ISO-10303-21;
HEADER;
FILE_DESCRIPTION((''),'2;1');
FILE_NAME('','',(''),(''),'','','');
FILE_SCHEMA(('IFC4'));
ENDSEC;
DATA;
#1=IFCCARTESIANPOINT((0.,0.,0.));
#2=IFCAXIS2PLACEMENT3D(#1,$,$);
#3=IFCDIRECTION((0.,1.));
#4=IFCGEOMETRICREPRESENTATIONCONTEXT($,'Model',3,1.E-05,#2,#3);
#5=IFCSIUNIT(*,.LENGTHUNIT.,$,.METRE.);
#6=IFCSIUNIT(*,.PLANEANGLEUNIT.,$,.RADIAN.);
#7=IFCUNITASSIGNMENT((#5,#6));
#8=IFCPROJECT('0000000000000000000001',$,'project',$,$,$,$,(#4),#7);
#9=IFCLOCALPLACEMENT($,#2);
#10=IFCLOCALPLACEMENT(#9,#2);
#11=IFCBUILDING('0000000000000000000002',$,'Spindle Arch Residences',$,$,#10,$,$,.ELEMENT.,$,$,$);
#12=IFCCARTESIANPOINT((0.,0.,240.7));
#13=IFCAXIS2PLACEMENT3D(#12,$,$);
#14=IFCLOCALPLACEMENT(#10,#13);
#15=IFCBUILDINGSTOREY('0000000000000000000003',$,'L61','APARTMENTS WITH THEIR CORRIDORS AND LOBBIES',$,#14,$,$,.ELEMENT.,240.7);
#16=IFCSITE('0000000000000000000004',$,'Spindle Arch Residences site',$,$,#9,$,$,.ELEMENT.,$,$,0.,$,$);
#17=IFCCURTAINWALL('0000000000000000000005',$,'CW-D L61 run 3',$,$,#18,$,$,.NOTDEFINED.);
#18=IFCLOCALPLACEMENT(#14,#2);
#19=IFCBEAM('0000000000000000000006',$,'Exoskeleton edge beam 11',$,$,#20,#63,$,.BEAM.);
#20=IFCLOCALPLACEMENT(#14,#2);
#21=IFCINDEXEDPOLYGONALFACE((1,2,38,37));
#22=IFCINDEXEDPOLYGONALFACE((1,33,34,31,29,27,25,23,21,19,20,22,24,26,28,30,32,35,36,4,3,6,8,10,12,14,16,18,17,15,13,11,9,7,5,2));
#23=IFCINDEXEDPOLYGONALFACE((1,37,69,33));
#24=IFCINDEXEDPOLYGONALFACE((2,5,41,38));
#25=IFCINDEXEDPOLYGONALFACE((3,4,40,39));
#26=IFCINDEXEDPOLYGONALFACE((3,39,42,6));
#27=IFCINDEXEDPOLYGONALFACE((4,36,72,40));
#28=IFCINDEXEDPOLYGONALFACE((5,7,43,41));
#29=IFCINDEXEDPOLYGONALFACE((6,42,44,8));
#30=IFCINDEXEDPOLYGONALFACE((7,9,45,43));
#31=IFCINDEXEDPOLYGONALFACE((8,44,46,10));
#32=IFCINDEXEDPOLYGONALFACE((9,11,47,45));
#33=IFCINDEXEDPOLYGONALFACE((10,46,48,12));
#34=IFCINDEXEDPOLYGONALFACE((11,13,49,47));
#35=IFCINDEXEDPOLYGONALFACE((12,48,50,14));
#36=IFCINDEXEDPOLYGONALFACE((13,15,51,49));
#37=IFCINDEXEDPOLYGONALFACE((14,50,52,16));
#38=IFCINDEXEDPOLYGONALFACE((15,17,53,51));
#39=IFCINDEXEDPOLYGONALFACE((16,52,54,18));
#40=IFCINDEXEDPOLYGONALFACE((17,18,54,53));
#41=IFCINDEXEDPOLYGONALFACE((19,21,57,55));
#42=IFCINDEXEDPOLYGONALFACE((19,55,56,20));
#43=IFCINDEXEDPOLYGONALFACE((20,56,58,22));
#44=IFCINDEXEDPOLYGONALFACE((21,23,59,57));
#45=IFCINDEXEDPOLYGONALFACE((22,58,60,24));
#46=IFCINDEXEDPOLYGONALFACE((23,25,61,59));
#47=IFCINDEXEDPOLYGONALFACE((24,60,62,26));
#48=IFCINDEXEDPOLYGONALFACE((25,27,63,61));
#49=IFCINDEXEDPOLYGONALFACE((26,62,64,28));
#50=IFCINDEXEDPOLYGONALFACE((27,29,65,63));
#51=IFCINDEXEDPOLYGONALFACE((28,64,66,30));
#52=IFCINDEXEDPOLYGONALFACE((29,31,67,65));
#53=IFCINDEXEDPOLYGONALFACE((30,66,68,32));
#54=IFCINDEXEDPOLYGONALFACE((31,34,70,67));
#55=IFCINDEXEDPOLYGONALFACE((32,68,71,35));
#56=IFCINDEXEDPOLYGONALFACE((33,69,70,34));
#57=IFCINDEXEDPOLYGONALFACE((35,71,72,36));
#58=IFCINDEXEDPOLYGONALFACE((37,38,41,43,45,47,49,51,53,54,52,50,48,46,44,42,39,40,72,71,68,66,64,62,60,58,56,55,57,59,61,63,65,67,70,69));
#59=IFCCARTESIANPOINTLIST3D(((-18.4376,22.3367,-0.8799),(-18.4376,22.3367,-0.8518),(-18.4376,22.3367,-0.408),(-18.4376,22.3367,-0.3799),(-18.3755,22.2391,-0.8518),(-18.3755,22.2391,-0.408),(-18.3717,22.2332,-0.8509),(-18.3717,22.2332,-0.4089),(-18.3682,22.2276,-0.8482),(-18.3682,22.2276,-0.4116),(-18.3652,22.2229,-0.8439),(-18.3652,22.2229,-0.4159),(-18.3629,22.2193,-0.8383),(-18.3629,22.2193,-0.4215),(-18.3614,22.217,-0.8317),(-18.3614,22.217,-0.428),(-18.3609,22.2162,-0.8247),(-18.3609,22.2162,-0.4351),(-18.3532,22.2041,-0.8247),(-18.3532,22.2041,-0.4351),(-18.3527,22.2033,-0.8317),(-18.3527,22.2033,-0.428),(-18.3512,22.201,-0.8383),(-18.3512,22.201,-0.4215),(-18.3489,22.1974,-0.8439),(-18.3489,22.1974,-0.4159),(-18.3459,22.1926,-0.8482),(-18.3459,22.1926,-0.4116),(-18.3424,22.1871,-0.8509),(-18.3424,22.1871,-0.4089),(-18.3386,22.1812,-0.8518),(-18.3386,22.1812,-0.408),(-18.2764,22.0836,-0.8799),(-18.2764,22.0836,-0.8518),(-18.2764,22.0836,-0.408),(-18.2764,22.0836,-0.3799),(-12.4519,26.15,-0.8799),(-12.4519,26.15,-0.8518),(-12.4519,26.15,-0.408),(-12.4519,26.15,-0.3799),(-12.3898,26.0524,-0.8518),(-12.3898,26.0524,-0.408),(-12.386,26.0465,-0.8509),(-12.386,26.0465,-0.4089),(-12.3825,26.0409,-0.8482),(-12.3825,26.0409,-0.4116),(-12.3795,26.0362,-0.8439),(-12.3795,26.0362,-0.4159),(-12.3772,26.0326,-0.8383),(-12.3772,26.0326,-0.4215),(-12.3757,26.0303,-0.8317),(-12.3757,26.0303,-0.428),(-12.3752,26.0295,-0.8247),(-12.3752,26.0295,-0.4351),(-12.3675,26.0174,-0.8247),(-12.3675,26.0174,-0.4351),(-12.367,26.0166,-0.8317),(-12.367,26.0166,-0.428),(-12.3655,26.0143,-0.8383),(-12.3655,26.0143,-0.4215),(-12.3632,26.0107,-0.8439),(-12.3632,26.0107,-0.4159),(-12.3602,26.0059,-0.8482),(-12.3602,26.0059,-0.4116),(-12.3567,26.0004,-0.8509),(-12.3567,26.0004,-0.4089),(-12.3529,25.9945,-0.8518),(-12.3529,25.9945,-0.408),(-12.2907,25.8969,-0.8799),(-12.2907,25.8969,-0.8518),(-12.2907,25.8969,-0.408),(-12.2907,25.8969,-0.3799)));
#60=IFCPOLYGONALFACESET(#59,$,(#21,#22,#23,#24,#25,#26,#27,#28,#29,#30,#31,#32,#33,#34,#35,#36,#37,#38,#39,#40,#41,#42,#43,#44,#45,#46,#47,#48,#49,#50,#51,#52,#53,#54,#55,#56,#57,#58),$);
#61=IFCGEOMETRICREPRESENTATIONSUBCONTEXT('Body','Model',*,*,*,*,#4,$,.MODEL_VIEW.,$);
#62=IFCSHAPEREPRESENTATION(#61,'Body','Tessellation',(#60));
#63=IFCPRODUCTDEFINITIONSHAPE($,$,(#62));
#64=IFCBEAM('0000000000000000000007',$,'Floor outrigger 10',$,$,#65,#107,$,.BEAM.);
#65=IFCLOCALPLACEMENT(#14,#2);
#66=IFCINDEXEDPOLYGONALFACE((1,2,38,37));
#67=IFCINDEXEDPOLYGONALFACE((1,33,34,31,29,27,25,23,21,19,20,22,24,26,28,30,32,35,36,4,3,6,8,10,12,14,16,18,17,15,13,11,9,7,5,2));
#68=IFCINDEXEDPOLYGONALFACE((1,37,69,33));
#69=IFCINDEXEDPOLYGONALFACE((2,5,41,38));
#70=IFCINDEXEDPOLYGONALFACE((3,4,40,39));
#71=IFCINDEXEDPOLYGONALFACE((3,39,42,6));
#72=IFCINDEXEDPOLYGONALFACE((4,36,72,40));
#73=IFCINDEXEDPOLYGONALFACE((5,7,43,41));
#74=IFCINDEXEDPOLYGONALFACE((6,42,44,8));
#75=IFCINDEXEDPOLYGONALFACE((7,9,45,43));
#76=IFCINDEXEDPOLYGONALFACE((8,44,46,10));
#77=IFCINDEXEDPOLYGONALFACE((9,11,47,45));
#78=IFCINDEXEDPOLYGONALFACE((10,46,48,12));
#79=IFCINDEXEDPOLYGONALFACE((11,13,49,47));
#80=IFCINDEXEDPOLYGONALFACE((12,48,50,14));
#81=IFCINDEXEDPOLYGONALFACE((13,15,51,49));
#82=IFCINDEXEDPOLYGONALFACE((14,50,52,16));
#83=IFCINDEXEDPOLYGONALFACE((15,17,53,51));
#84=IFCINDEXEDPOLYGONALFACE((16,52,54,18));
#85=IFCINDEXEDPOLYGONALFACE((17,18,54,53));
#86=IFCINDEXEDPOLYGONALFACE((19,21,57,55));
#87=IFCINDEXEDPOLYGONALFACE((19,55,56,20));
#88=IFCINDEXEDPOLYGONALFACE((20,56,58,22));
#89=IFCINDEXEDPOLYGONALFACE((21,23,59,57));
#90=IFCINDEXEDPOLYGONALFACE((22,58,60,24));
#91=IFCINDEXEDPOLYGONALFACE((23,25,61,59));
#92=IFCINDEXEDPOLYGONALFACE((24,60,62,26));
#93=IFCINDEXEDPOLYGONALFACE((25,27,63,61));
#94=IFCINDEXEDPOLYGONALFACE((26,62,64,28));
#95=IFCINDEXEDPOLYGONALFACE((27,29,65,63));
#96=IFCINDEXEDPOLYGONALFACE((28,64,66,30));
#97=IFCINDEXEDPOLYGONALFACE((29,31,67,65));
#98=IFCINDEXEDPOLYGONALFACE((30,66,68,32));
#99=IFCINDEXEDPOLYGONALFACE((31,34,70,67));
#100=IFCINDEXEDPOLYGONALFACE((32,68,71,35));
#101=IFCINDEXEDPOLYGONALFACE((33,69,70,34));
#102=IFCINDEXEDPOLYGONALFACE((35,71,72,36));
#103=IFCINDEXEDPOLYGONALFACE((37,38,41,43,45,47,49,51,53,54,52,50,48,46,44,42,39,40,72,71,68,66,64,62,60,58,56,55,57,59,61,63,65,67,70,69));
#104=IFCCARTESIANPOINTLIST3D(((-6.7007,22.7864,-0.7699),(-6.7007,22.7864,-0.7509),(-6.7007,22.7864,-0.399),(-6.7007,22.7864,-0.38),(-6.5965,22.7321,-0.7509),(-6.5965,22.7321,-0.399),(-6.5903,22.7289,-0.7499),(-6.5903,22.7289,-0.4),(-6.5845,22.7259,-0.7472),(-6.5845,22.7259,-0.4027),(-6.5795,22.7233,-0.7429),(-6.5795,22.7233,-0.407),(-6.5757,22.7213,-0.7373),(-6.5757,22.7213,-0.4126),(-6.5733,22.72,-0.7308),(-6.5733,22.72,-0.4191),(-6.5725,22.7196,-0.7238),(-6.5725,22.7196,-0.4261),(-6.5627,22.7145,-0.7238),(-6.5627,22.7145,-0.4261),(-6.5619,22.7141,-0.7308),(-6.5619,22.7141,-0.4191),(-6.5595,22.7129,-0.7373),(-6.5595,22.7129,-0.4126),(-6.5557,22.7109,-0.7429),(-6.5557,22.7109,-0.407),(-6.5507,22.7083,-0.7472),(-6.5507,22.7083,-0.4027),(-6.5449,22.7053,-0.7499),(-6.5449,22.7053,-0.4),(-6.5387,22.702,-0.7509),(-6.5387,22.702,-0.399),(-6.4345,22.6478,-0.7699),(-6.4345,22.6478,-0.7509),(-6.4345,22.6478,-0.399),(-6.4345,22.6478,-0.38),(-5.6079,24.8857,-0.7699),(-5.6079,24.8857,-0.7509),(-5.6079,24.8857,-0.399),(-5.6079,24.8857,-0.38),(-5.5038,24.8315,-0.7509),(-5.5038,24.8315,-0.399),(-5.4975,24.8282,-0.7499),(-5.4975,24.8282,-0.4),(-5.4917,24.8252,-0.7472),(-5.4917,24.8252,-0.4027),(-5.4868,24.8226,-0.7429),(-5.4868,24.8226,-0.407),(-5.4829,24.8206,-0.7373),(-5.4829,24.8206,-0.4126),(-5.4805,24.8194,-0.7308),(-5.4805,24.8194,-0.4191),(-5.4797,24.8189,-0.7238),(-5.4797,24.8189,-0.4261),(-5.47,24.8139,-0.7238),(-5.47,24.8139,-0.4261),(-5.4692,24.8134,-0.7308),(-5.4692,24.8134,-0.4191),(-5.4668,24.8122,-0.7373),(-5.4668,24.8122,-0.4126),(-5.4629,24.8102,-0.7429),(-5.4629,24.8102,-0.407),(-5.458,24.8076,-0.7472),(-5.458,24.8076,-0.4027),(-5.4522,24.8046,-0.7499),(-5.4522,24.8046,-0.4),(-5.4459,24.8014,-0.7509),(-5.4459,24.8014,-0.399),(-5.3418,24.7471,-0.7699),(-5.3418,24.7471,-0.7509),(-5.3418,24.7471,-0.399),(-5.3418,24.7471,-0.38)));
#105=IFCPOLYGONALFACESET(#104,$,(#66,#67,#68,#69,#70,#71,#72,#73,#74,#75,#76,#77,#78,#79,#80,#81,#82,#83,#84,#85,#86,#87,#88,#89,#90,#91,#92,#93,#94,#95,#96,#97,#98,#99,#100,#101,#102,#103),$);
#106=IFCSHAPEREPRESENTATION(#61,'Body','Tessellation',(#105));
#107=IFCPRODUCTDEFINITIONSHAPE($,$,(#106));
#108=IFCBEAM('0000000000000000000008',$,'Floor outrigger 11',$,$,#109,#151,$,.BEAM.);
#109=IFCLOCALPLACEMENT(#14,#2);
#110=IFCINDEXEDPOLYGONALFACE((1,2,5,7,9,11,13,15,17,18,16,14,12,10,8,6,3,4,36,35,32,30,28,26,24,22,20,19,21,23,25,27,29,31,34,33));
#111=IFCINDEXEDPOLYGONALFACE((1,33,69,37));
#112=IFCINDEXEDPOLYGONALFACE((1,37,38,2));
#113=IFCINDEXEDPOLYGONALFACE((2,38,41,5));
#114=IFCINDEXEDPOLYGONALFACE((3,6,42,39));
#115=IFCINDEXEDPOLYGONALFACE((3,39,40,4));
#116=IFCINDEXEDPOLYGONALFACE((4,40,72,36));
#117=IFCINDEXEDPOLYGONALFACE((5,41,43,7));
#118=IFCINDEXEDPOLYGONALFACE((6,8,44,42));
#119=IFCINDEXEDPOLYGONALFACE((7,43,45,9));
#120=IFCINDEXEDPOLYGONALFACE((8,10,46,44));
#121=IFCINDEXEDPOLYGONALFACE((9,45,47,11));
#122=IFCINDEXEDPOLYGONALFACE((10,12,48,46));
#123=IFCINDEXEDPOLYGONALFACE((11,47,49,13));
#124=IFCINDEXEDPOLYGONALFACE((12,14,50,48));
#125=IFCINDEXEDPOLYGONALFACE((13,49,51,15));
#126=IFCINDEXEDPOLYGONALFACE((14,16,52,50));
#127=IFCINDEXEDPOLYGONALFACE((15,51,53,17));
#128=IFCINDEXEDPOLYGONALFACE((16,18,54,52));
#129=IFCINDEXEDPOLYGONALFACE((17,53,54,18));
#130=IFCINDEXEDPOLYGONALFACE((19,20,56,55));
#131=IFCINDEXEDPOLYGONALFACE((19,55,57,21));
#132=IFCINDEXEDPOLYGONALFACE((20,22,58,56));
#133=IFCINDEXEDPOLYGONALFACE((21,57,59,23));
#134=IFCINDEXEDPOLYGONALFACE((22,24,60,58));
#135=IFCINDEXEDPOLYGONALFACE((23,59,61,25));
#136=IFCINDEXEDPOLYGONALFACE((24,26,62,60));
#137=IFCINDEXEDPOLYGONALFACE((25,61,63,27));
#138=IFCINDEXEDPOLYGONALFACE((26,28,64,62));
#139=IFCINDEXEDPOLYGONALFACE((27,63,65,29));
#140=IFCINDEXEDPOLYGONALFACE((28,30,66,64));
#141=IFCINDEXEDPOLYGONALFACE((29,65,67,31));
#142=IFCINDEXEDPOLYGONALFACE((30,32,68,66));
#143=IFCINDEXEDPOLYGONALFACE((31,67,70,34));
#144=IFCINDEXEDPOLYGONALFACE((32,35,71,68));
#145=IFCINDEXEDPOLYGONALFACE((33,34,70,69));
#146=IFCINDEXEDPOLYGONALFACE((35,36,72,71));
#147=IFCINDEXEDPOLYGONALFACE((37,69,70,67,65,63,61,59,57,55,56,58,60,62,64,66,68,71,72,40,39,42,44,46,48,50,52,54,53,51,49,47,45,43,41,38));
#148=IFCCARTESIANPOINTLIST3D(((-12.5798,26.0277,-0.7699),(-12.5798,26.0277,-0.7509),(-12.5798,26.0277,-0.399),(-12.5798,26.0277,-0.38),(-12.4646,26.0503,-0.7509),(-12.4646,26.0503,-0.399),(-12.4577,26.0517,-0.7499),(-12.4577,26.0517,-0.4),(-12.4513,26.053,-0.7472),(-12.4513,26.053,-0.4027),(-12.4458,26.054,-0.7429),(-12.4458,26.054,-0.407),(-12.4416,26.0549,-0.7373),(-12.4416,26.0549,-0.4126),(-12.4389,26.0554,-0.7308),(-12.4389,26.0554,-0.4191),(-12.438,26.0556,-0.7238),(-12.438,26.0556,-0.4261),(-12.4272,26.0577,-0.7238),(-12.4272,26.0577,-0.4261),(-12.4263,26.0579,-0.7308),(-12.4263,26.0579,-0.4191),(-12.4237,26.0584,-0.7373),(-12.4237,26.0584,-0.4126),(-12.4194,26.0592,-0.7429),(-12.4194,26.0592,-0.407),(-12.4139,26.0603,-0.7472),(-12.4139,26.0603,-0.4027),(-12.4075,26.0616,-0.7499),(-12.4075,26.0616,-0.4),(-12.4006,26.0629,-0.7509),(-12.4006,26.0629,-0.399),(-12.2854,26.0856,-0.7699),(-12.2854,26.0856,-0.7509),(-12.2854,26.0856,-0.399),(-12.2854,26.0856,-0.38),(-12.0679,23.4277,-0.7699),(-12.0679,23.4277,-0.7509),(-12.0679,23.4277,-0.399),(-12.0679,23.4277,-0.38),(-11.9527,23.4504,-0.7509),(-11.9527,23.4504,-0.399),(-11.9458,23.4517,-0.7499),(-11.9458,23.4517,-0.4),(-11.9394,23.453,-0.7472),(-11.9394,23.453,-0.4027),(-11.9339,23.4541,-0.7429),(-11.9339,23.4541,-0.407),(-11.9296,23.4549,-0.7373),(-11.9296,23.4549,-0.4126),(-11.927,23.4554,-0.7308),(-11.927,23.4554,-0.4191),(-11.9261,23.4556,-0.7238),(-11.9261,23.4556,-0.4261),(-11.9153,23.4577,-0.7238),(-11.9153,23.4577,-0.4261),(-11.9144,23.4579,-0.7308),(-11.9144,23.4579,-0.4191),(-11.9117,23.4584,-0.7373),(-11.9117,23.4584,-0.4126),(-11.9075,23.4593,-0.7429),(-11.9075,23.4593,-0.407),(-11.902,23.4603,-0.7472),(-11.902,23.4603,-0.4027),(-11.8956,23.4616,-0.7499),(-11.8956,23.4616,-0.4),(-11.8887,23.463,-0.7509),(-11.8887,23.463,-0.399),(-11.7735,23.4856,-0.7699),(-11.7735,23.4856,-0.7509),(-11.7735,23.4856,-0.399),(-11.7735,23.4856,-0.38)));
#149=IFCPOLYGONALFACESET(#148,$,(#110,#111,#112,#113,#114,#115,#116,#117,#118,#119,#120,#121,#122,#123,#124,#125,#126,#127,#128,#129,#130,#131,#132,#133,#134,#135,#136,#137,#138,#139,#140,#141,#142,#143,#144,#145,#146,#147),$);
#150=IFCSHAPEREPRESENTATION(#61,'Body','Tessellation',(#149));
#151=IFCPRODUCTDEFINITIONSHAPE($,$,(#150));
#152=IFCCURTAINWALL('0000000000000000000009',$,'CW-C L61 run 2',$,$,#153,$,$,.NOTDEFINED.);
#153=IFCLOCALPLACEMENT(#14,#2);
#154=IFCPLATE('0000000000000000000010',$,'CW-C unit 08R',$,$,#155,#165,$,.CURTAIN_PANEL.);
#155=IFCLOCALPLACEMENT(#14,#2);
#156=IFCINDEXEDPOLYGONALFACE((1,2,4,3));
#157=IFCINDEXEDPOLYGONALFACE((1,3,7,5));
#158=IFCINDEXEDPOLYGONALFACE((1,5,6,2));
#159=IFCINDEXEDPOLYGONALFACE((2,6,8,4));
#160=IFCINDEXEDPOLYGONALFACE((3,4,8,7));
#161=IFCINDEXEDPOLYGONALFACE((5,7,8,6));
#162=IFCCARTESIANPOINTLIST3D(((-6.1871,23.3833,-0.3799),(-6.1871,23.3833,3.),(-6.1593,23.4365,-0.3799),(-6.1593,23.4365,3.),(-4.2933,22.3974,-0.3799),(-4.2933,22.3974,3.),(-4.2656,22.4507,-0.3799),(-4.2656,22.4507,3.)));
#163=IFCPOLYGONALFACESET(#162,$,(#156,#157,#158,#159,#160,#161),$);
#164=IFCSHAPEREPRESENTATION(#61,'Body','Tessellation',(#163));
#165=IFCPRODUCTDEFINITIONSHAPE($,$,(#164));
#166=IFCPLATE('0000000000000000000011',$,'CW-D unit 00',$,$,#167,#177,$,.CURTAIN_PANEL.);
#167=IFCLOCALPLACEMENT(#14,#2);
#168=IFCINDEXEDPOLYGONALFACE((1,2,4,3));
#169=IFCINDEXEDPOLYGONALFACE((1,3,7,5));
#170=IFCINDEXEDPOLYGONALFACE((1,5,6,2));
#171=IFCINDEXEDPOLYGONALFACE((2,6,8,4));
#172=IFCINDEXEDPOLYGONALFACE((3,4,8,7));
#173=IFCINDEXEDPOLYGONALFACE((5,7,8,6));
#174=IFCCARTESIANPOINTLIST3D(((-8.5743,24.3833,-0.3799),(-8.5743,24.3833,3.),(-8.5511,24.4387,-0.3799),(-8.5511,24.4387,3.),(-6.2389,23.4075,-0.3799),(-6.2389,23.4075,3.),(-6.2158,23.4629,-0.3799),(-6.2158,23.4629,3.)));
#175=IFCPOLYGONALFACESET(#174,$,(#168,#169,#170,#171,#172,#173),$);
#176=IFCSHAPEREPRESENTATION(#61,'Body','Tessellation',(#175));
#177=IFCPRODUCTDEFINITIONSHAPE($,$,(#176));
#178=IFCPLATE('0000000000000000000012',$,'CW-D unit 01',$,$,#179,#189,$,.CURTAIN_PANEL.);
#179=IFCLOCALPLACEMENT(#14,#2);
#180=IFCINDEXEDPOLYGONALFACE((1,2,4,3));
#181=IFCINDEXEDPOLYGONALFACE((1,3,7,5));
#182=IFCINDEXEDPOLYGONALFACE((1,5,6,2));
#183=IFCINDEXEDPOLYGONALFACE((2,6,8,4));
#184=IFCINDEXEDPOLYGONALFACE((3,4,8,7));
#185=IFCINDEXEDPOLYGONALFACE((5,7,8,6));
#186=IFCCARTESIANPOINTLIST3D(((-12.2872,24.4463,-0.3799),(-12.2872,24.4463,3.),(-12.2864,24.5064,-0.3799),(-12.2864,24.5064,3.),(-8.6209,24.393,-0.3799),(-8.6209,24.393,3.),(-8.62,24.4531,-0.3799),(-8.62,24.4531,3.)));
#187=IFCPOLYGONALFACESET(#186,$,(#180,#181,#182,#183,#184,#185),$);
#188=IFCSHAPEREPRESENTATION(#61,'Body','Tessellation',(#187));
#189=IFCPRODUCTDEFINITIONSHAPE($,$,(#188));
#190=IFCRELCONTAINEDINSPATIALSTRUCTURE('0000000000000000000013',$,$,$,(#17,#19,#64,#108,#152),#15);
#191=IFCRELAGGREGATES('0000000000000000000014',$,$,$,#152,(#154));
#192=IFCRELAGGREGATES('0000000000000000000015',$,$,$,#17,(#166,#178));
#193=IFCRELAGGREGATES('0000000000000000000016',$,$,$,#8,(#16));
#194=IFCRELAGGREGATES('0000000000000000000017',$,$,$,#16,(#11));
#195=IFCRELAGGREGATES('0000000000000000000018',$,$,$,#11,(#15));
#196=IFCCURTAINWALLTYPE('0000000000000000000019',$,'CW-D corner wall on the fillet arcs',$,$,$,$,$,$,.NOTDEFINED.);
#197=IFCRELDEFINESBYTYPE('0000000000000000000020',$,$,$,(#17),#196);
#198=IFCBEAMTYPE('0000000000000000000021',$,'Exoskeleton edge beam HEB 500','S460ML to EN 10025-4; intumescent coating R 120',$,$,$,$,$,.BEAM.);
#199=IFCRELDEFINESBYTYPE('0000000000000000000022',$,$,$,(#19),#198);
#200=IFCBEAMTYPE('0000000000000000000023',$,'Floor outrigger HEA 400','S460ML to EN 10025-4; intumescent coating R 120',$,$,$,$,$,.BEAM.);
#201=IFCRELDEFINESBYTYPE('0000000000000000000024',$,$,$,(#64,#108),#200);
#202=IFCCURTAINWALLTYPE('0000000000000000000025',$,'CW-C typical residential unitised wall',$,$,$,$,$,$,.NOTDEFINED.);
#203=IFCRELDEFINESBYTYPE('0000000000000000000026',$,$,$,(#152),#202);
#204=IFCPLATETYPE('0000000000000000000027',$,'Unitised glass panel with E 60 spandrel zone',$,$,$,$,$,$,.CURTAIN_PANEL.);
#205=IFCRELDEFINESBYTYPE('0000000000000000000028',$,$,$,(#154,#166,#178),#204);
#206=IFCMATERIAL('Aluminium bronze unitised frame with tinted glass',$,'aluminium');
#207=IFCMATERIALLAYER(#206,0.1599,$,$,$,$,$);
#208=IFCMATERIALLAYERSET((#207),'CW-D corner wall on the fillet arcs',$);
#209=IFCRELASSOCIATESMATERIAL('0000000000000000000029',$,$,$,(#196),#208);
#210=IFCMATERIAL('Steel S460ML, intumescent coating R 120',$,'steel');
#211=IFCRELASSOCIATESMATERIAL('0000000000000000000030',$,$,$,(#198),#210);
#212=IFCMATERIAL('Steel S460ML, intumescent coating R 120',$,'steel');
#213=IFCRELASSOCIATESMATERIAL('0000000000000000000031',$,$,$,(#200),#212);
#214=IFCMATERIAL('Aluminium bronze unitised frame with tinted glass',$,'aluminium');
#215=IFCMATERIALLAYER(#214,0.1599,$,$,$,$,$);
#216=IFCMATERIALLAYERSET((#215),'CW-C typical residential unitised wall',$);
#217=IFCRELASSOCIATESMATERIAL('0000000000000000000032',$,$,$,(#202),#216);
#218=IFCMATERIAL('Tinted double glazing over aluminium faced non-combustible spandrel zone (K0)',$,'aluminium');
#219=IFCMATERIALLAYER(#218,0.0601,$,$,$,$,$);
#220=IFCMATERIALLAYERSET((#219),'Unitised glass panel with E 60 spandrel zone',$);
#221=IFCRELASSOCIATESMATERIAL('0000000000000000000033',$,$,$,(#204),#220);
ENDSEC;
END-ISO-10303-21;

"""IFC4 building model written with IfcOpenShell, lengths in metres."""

from ifc_helpers import new_model, si_unit, direction, frame, origin, origin_2d, place, context, subcontext, project, spatial, rectangle, i_section, extrude, material, layer, layer_set, material_profile, profile_set, type_object, element, aggregate, save


model = new_model("IFC4")

# Units and contexts
model_context = context("Model", 3, precision=1e-05, world=origin(), true_north=direction((0.0, 1.0)))
body_context = subcontext(model_context, "Body", "Model", "MODEL_VIEW")
ifc_project = project(units=[si_unit("LENGTHUNIT", "METRE"), si_unit("PLANEANGLEUNIT", "RADIAN")], contexts=[model_context])

# Site, building, storey
site_placement = place(None, origin())
site = spatial("IfcSite", under=ifc_project, at=site_placement, Name="Spindle Arch Residences site", CompositionType="ELEMENT", RefElevation=0.0)
building_placement = place(site_placement, origin())
building = spatial("IfcBuilding", under=site, at=building_placement, Name="Spindle Arch Residences", CompositionType="ELEMENT")
storey_placement = place(building_placement, frame((0.0, 0.0, 240.7)))
storey = spatial("IfcBuildingStorey", under=building, at=storey_placement, Name="L61", Description="APARTMENTS WITH THEIR CORRIDORS AND LOBBIES", CompositionType="ELEMENT", Elevation=240.7)

# Curtain wall
ifc_material_1 = material(Name="Aluminium bronze unitised frame with tinted glass", Category="aluminium")
ifc_layer_1 = layer(ifc_material_1, 0.1599)
ifc_layer_set_1 = layer_set([ifc_layer_1], Name="CW-D corner wall on the fillet arcs")
curtain_wall_type_1 = type_object("IfcCurtainWallType", Name="CW-D corner wall on the fillet arcs", PredefinedType="NOTDEFINED", material=ifc_layer_set_1)
curtain_wall_1_placement = place(storey_placement, origin())
curtain_wall_1 = element("IfcCurtainWall", 1, at=curtain_wall_1_placement, inside=storey, type_object=curtain_wall_type_1, Name="CW-D L61 run 3", PredefinedType="NOTDEFINED")

# Beams
ifc_material_2 = material(Name="Steel S460ML, intumescent coating R 120", Category="steel")
ifc_material_profile_1 = material_profile(ifc_material_2, i_section(OverallWidth=0.3, OverallDepth=0.5, WebThickness=0.0144, FlangeThickness=0.0281, FilletRadius=0.0271, at=origin_2d()), Name="HEB 500")
ifc_profile_set_1 = profile_set([ifc_material_profile_1], Name="Steel S460ML, intumescent coating R 120")
beam_type_1 = type_object("IfcBeamType", Name="Exoskeleton edge beam HEB 500", Description="S460ML to EN 10025-4; intumescent coating R 120", PredefinedType="BEAM", material=ifc_profile_set_1)
beam_1_placement = place(storey_placement, frame((-12.3713, 26.0234, -0.6299), z_axis=(-0.843392, -0.537298, 0.0), x_axis=(0.537298, -0.843392, 0.0)))
element("IfcBeam", 2, at=beam_1_placement, inside=storey, type_object=beam_type_1, Name="Exoskeleton edge beam 11", PredefinedType="BEAM", context=body_context, shape_type="SweptSolid", body=[
    extrude(i_section(OverallWidth=0.3, OverallDepth=0.5, WebThickness=0.0144, FlangeThickness=0.0281, FilletRadius=0.0271, at=origin_2d()), origin(), (0.0, 0.0, 1.0), 7.0972),
])
ifc_material_3 = material(Name="Steel S460ML, intumescent coating R 120", Category="steel")
ifc_material_profile_2 = material_profile(ifc_material_3, i_section(OverallWidth=0.3, OverallDepth=0.3899, WebThickness=0.011, FlangeThickness=0.019, FilletRadius=0.0271, at=origin_2d()), Name="HEA 400")
ifc_profile_set_2 = profile_set([ifc_material_profile_2], Name="Steel S460ML, intumescent coating R 120")
beam_type_2 = type_object("IfcBeamType", Name="Floor outrigger HEA 400", Description="S460ML to EN 10025-4; intumescent coating R 120", PredefinedType="BEAM", material=ifc_profile_set_2)
beam_2_placement = place(storey_placement, frame((-5.4749, 24.8164, -0.575), z_axis=(-0.46172, -0.887026, 0.0), x_axis=(0.887026, -0.46172, 0.0)))
element("IfcBeam", 3, at=beam_2_placement, inside=storey, type_object=beam_type_2, Name="Floor outrigger 10", PredefinedType="BEAM", context=body_context, shape_type="SweptSolid", body=[
    extrude(i_section(OverallWidth=0.3, OverallDepth=0.3899, WebThickness=0.011, FlangeThickness=0.019, FilletRadius=0.0271, at=origin_2d()), origin(), (0.0, 0.0, 1.0), 2.3667),
])
beam_3_placement = place(storey_placement, frame((-12.4326, 26.0566, -0.575), z_axis=(0.193192, -0.981161, 0.0), x_axis=(0.981161, 0.193192, 0.0)))
element("IfcBeam", 4, at=beam_3_placement, inside=storey, type_object=beam_type_2, Name="Floor outrigger 11", PredefinedType="BEAM", context=body_context, shape_type="SweptSolid", body=[
    extrude(i_section(OverallWidth=0.3, OverallDepth=0.3899, WebThickness=0.011, FlangeThickness=0.019, FilletRadius=0.0271, at=origin_2d()), origin(), (0.0, 0.0, 1.0), 2.6499),
])

# Curtain wall, plate
ifc_material_4 = material(Name="Aluminium bronze unitised frame with tinted glass", Category="aluminium")
ifc_layer_2 = layer(ifc_material_4, 0.1599)
ifc_layer_set_2 = layer_set([ifc_layer_2], Name="CW-C typical residential unitised wall")
curtain_wall_type_2 = type_object("IfcCurtainWallType", Name="CW-C typical residential unitised wall", PredefinedType="NOTDEFINED", material=ifc_layer_set_2)
curtain_wall_2_placement = place(storey_placement, origin())
curtain_wall_2 = element("IfcCurtainWall", 5, at=curtain_wall_2_placement, inside=storey, type_object=curtain_wall_type_2, Name="CW-C L61 run 2", PredefinedType="NOTDEFINED")
ifc_material_5 = material(Name="Tinted double glazing over aluminium faced non-combustible spandrel zone (K0)", Category="aluminium")
ifc_layer_3 = layer(ifc_material_5, 0.0601)
ifc_layer_set_3 = layer_set([ifc_layer_3], Name="Unitised glass panel with E 60 spandrel zone")
plate_type = type_object("IfcPlateType", Name="Unitised glass panel with E 60 spandrel zone", PredefinedType="CURTAIN_PANEL", material=ifc_layer_set_3)
plate_1_placement = place(storey_placement, frame((-5.2263, 22.917, -0.3799), z_axis=(0.0, 0.0, 1.0), x_axis=(-0.887011, 0.461749, 0.0)))
plate_1 = element("IfcPlate", 6, at=plate_1_placement, type_object=plate_type, Name="CW-C unit 08R", PredefinedType="CURTAIN_PANEL", context=body_context, shape_type="SweptSolid", body=[
    extrude(rectangle(XDim=2.135, YDim=0.0601, at=origin_2d()), origin(), (0.0, 0.0, 1.0), 3.3799),
])
aggregate(curtain_wall_2, [plate_1])

# Plates
plate_2_placement = place(storey_placement, frame((-7.395, 23.9231, -0.3799), z_axis=(0.0, 0.0, 1.0), x_axis=(-0.922686, 0.385552, 0.0)))
plate_2 = element("IfcPlate", 7, at=plate_2_placement, type_object=plate_type, Name="CW-D unit 00", PredefinedType="CURTAIN_PANEL", context=body_context, shape_type="SweptSolid", body=[
    extrude(rectangle(XDim=2.531, YDim=0.0601, at=origin_2d()), origin(), (0.0, 0.0, 1.0), 3.3799),
])
plate_3_placement = place(storey_placement, frame((-10.4536, 24.4497, -0.3799), z_axis=(0.0, 0.0, 1.0), x_axis=(-0.999894, 0.014544, 0.0)))
plate_3 = element("IfcPlate", 8, at=plate_3_placement, type_object=plate_type, Name="CW-D unit 01", PredefinedType="CURTAIN_PANEL", context=body_context, shape_type="SweptSolid", body=[
    extrude(rectangle(XDim=3.6667, YDim=0.0601, at=origin_2d()), origin(), (0.0, 0.0, 1.0), 3.3799),
])
aggregate(curtain_wall_1, [plate_2, plate_3])

save(model, "model.ifc")
